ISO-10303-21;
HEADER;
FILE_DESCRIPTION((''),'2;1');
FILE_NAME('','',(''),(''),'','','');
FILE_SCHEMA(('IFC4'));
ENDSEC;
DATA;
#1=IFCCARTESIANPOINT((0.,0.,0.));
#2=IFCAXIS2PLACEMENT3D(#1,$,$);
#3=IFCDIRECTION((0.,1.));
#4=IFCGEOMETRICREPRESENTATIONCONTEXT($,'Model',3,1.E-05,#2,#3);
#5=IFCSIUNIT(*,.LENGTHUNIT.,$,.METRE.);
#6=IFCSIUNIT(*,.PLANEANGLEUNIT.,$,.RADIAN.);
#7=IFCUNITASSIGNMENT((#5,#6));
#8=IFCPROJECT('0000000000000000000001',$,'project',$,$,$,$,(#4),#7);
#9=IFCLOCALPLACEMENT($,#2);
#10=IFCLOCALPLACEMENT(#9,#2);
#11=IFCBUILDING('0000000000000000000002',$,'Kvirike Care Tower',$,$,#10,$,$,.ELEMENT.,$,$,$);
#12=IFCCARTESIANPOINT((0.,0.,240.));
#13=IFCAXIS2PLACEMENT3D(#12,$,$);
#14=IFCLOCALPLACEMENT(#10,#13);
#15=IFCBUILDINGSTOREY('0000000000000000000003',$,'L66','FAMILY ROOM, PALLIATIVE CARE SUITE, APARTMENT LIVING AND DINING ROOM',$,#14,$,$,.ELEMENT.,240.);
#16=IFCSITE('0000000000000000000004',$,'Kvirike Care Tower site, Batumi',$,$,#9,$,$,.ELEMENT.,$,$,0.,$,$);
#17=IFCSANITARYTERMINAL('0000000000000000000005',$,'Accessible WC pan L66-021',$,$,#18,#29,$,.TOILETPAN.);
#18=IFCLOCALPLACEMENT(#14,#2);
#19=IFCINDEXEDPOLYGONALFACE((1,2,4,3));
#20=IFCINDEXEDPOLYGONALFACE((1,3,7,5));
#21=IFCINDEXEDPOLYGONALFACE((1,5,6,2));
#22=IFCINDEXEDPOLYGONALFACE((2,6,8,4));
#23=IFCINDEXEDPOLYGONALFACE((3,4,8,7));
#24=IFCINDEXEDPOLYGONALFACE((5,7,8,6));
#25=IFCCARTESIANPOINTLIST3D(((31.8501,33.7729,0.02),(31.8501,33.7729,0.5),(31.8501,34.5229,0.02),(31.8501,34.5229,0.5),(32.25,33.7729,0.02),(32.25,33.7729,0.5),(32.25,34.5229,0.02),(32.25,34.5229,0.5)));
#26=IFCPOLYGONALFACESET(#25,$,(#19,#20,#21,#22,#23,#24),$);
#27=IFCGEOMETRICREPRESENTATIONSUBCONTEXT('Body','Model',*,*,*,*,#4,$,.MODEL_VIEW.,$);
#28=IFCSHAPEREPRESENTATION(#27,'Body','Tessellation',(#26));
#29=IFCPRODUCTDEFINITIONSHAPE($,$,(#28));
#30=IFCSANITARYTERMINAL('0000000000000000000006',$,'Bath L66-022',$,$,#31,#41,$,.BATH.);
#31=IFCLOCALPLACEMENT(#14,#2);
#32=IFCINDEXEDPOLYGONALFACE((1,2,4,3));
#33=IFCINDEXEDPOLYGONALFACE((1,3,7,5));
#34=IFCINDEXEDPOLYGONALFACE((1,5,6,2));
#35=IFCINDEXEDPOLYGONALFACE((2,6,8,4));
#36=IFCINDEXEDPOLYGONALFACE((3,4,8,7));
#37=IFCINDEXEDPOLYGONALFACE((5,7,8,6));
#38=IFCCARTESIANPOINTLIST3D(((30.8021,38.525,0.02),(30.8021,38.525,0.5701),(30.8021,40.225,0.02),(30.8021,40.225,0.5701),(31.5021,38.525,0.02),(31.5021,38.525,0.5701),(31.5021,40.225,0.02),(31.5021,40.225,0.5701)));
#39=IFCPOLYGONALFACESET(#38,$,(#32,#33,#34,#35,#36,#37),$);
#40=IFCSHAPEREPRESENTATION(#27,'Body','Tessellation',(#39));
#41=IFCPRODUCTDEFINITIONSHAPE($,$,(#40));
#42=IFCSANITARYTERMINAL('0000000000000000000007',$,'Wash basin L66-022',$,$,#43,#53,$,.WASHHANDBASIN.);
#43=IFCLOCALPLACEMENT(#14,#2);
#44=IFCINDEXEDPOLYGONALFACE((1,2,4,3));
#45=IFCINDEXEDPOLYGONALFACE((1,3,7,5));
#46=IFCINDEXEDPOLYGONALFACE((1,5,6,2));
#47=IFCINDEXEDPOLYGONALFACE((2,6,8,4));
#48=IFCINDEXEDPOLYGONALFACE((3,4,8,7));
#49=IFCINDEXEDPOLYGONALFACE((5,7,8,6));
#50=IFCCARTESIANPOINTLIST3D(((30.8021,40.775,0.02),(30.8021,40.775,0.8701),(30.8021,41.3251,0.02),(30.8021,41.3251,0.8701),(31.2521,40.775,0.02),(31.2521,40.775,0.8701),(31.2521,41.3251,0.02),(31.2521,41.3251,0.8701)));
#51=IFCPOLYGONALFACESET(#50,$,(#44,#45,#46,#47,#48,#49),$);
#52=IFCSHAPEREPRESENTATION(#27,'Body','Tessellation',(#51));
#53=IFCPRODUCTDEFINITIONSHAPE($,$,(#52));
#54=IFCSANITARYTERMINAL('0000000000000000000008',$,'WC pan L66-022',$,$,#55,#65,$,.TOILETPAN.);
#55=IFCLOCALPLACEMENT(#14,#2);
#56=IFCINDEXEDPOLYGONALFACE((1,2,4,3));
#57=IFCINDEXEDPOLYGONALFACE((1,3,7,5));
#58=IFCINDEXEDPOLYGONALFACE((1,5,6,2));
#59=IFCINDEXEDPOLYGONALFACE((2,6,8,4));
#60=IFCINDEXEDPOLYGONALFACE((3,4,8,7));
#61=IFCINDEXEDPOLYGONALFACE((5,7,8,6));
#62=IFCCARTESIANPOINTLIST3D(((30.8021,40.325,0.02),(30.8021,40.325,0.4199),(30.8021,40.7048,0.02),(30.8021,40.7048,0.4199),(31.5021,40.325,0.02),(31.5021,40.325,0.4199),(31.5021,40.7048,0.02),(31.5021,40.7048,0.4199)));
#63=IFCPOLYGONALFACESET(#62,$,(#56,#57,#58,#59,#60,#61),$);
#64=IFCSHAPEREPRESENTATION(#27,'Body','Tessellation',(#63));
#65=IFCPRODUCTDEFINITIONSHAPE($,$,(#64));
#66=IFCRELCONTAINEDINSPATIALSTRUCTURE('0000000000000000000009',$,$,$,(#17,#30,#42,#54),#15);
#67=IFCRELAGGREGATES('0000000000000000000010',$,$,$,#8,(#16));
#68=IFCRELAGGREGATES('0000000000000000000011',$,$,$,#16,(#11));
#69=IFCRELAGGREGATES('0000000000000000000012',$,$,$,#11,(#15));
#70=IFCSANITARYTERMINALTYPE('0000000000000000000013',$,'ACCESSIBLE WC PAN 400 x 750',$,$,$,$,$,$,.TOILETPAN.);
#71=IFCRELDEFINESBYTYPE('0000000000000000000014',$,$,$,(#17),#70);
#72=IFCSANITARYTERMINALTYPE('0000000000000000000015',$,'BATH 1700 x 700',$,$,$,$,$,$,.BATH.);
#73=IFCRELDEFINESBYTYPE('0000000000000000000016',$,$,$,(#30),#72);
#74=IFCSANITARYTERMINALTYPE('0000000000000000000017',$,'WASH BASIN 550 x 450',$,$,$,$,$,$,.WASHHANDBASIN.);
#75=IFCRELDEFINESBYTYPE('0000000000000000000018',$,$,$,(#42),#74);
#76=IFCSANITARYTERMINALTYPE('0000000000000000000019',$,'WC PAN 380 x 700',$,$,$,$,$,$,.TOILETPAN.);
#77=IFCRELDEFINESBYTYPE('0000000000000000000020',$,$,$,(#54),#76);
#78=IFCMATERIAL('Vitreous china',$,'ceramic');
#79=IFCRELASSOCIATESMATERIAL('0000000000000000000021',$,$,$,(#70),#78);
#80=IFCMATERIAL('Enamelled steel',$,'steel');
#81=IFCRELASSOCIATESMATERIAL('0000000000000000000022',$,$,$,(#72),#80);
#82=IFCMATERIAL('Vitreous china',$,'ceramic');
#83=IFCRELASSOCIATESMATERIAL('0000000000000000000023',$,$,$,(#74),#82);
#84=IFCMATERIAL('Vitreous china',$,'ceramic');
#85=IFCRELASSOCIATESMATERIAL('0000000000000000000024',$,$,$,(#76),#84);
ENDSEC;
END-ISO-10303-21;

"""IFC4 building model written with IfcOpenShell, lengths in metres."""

from ifc_helpers import new_model, si_unit, direction, frame, origin, origin_2d, place, context, subcontext, project, spatial, rectangle, extrude, material, type_object, element, save


model = new_model("IFC4")

# Units and contexts
model_context = context("Model", 3, precision=1e-05, world=origin(), true_north=direction((0.0, 1.0)))
body_context = subcontext(model_context, "Body", "Model", "MODEL_VIEW")
ifc_project = project(units=[si_unit("LENGTHUNIT", "METRE"), si_unit("PLANEANGLEUNIT", "RADIAN")], contexts=[model_context])

# Site, building, storey
site_placement = place(None, origin())
site = spatial("IfcSite", under=ifc_project, at=site_placement, Name="Kvirike Care Tower site, Batumi", CompositionType="ELEMENT", RefElevation=0.0)
building_placement = place(site_placement, origin())
building = spatial("IfcBuilding", under=site, at=building_placement, Name="Kvirike Care Tower", CompositionType="ELEMENT")
storey_placement = place(building_placement, frame((0.0, 0.0, 240.0)))
storey = spatial("IfcBuildingStorey", under=building, at=storey_placement, Name="L66", Description="FAMILY ROOM, PALLIATIVE CARE SUITE, APARTMENT LIVING AND DINING ROOM", CompositionType="ELEMENT", Elevation=240.0)

# Sanitary terminals
ifc_material_1 = material(Name="Vitreous china", Category="ceramic")
sanitary_terminal_type_1 = type_object("IfcSanitaryTerminalType", Name="ACCESSIBLE WC PAN 400 x 750", PredefinedType="TOILETPAN", material=ifc_material_1)
sanitary_terminal_1_placement = place(storey_placement, frame((32.05, 34.1479, 0.02), z_axis=(0.0, 0.0, 1.0), x_axis=(1.0, 0.0, 0.0)))
element("IfcSanitaryTerminal", 1, at=sanitary_terminal_1_placement, inside=storey, type_object=sanitary_terminal_type_1, Name="Accessible WC pan L66-021", PredefinedType="TOILETPAN", context=body_context, shape_type="SweptSolid", body=[
    extrude(rectangle(XDim=0.3999, YDim=0.75, at=origin_2d()), origin(), (0.0, 0.0, 1.0), 0.48),
])
ifc_material_2 = material(Name="Enamelled steel", Category="steel")
sanitary_terminal_type_2 = type_object("IfcSanitaryTerminalType", Name="BATH 1700 x 700", PredefinedType="BATH", material=ifc_material_2)
sanitary_terminal_2_placement = place(storey_placement, frame((31.1521, 39.375, 0.02), z_axis=(0.0, 0.0, 1.0), x_axis=(0.0, 1.0, 0.0)))
element("IfcSanitaryTerminal", 2, at=sanitary_terminal_2_placement, inside=storey, type_object=sanitary_terminal_type_2, Name="Bath L66-022", PredefinedType="BATH", context=body_context, shape_type="SweptSolid", body=[
    extrude(rectangle(XDim=1.7, YDim=0.7, at=origin_2d()), origin(), (0.0, 0.0, 1.0), 0.55),
])
ifc_material_3 = material(Name="Vitreous china", Category="ceramic")
sanitary_terminal_type_3 = type_object("IfcSanitaryTerminalType", Name="WASH BASIN 550 x 450", PredefinedType="WASHHANDBASIN", material=ifc_material_3)
sanitary_terminal_3_placement = place(storey_placement, frame((31.0271, 41.05, 0.02), z_axis=(0.0, 0.0, 1.0), x_axis=(0.0, 1.0, 0.0)))
element("IfcSanitaryTerminal", 3, at=sanitary_terminal_3_placement, inside=storey, type_object=sanitary_terminal_type_3, Name="Wash basin L66-022", PredefinedType="WASHHANDBASIN", context=body_context, shape_type="SweptSolid", body=[
    extrude(rectangle(XDim=0.55, YDim=0.45, at=origin_2d()), origin(), (0.0, 0.0, 1.0), 0.8501),
])
ifc_material_4 = material(Name="Vitreous china", Category="ceramic")
sanitary_terminal_type_4 = type_object("IfcSanitaryTerminalType", Name="WC PAN 380 x 700", PredefinedType="TOILETPAN", material=ifc_material_4)
sanitary_terminal_4_placement = place(storey_placement, frame((31.1521, 40.5149, 0.02), z_axis=(0.0, 0.0, 1.0), x_axis=(0.0, 1.0, 0.0)))
element("IfcSanitaryTerminal", 4, at=sanitary_terminal_4_placement, inside=storey, type_object=sanitary_terminal_type_4, Name="WC pan L66-022", PredefinedType="TOILETPAN", context=body_context, shape_type="SweptSolid", body=[
    extrude(rectangle(XDim=0.3799, YDim=0.7, at=origin_2d()), origin(), (0.0, 0.0, 1.0), 0.3999),
])

save(model, "model.ifc")
